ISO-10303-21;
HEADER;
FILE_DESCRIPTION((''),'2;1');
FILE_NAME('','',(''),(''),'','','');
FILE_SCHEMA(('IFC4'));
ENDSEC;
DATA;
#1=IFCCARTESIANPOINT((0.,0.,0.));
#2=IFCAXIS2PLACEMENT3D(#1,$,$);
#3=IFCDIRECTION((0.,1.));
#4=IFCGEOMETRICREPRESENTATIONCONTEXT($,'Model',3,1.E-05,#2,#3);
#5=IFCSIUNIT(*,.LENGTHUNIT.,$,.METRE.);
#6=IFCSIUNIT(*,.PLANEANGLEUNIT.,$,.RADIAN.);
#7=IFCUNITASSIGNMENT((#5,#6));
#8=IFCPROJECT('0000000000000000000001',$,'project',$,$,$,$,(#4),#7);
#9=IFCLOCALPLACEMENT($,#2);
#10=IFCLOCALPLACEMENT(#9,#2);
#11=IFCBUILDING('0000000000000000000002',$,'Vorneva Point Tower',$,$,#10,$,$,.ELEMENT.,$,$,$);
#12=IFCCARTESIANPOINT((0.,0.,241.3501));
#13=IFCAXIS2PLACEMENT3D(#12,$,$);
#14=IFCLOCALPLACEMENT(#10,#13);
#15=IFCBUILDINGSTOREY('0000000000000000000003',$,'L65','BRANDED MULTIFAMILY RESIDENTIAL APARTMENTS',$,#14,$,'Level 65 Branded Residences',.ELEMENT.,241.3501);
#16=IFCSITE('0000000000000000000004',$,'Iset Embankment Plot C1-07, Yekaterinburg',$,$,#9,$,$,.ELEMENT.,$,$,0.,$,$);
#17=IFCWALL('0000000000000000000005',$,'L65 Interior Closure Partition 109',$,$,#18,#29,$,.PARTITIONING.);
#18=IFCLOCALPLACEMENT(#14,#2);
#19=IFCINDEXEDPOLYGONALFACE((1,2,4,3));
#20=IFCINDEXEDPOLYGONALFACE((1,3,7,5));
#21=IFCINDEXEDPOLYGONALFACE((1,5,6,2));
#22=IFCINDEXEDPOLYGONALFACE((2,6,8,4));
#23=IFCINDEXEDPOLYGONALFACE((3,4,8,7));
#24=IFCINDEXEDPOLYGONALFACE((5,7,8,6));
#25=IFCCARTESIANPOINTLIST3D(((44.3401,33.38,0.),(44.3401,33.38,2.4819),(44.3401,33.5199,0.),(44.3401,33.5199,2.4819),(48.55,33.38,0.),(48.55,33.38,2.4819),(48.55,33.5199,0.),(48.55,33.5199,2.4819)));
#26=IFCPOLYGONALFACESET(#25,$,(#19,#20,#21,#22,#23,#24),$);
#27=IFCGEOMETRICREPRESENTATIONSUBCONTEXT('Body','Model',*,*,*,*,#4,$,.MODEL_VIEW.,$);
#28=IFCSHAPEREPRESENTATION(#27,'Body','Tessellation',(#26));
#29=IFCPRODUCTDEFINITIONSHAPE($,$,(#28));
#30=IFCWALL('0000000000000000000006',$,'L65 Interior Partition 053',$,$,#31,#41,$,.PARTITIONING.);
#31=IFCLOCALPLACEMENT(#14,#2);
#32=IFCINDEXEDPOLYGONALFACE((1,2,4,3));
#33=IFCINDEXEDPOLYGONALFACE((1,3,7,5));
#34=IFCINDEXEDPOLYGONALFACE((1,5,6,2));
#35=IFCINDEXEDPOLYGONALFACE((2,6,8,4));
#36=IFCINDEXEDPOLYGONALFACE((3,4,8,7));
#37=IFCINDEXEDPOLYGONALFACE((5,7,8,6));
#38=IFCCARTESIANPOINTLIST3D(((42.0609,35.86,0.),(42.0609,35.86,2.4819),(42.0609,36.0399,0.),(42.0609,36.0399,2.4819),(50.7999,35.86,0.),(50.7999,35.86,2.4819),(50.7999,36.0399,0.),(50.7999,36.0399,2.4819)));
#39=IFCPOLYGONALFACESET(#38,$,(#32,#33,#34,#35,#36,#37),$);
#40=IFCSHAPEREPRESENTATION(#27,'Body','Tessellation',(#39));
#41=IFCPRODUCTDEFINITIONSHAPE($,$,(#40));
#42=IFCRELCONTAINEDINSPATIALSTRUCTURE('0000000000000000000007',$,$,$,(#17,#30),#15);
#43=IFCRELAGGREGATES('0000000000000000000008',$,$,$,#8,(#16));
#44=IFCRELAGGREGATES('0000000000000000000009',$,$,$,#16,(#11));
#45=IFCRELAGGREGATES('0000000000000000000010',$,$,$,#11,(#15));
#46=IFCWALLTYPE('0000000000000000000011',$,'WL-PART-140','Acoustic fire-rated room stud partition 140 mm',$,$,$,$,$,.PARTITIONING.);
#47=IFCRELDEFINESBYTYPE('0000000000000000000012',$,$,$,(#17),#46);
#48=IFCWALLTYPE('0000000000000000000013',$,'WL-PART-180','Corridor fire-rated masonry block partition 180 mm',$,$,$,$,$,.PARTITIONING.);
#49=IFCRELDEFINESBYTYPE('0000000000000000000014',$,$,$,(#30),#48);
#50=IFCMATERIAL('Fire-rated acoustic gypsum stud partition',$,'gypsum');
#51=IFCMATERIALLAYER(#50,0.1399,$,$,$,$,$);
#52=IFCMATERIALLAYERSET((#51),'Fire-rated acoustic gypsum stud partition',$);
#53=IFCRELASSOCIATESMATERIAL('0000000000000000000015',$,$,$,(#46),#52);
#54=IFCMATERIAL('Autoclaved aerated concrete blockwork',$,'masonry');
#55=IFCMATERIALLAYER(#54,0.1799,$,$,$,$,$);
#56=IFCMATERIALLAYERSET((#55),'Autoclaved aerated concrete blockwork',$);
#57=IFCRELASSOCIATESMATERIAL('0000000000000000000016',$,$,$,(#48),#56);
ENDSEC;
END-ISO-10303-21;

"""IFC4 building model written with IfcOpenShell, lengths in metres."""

from ifc_helpers import new_model, si_unit, direction, frame, frame_2d, origin, place, context, subcontext, project, spatial, rectangle, extrude, material, layer, layer_set, type_object, element, save


model = new_model("IFC4")

# Units and contexts
model_context = context("Model", 3, precision=1e-05, world=origin(), true_north=direction((0.0, 1.0)))
body_context = subcontext(model_context, "Body", "Model", "MODEL_VIEW")
ifc_project = project(units=[si_unit("LENGTHUNIT", "METRE"), si_unit("PLANEANGLEUNIT", "RADIAN")], contexts=[model_context])

# Site, building, storey
site_placement = place(None, origin())
site = spatial("IfcSite", under=ifc_project, at=site_placement, Name="Iset Embankment Plot C1-07, Yekaterinburg", CompositionType="ELEMENT", RefElevation=0.0)
building_placement = place(site_placement, origin())
building = spatial("IfcBuilding", under=site, at=building_placement, Name="Vorneva Point Tower", CompositionType="ELEMENT")
storey_placement = place(building_placement, frame((0.0, 0.0, 241.3501)))
storey = spatial("IfcBuildingStorey", under=building, at=storey_placement, Name="L65", Description="BRANDED MULTIFAMILY RESIDENTIAL APARTMENTS", LongName="Level 65 Branded Residences", CompositionType="ELEMENT", Elevation=241.3501)

# Walls
ifc_material_1 = material(Name="Fire-rated acoustic gypsum stud partition", Category="gypsum")
ifc_layer_1 = layer(ifc_material_1, 0.1399)
ifc_layer_set_1 = layer_set([ifc_layer_1], Name="Fire-rated acoustic gypsum stud partition")
wall_type_1 = type_object("IfcWallType", Name="WL-PART-140", Description="Acoustic fire-rated room stud partition 140 mm", PredefinedType="PARTITIONING", material=ifc_layer_set_1)
wall_1_placement = place(storey_placement, frame((48.55, 33.45, 0.0), z_axis=(0.0, 0.0, 1.0), x_axis=(-1.0, 0.0, 0.0)))
element("IfcWall", 1, at=wall_1_placement, inside=storey, type_object=wall_type_1, Name="L65 Interior Closure Partition 109", PredefinedType="PARTITIONING", context=body_context, shape_type="SweptSolid", body=[
    extrude(rectangle(XDim=4.21, YDim=0.1399, at=frame_2d((2.105, 0.0))), origin(), (0.0, 0.0, 1.0), 2.4819),
])
ifc_material_2 = material(Name="Autoclaved aerated concrete blockwork", Category="masonry")
ifc_layer_2 = layer(ifc_material_2, 0.1799)
ifc_layer_set_2 = layer_set([ifc_layer_2], Name="Autoclaved aerated concrete blockwork")
wall_type_2 = type_object("IfcWallType", Name="WL-PART-180", Description="Corridor fire-rated masonry block partition 180 mm", PredefinedType="PARTITIONING", material=ifc_layer_set_2)
wall_2_placement = place(storey_placement, frame((50.8, 35.95, 0.0), z_axis=(0.0, 0.0, 1.0), x_axis=(-1.0, 0.0, 0.0)))
element("IfcWall", 2, at=wall_2_placement, inside=storey, type_object=wall_type_2, Name="L65 Interior Partition 053", PredefinedType="PARTITIONING", context=body_context, shape_type="SweptSolid", body=[
    extrude(rectangle(XDim=8.739, YDim=0.1799, at=frame_2d((4.3696, 0.0))), origin(), (0.0, 0.0, 1.0), 2.4819),
])

save(model, "model.ifc")
